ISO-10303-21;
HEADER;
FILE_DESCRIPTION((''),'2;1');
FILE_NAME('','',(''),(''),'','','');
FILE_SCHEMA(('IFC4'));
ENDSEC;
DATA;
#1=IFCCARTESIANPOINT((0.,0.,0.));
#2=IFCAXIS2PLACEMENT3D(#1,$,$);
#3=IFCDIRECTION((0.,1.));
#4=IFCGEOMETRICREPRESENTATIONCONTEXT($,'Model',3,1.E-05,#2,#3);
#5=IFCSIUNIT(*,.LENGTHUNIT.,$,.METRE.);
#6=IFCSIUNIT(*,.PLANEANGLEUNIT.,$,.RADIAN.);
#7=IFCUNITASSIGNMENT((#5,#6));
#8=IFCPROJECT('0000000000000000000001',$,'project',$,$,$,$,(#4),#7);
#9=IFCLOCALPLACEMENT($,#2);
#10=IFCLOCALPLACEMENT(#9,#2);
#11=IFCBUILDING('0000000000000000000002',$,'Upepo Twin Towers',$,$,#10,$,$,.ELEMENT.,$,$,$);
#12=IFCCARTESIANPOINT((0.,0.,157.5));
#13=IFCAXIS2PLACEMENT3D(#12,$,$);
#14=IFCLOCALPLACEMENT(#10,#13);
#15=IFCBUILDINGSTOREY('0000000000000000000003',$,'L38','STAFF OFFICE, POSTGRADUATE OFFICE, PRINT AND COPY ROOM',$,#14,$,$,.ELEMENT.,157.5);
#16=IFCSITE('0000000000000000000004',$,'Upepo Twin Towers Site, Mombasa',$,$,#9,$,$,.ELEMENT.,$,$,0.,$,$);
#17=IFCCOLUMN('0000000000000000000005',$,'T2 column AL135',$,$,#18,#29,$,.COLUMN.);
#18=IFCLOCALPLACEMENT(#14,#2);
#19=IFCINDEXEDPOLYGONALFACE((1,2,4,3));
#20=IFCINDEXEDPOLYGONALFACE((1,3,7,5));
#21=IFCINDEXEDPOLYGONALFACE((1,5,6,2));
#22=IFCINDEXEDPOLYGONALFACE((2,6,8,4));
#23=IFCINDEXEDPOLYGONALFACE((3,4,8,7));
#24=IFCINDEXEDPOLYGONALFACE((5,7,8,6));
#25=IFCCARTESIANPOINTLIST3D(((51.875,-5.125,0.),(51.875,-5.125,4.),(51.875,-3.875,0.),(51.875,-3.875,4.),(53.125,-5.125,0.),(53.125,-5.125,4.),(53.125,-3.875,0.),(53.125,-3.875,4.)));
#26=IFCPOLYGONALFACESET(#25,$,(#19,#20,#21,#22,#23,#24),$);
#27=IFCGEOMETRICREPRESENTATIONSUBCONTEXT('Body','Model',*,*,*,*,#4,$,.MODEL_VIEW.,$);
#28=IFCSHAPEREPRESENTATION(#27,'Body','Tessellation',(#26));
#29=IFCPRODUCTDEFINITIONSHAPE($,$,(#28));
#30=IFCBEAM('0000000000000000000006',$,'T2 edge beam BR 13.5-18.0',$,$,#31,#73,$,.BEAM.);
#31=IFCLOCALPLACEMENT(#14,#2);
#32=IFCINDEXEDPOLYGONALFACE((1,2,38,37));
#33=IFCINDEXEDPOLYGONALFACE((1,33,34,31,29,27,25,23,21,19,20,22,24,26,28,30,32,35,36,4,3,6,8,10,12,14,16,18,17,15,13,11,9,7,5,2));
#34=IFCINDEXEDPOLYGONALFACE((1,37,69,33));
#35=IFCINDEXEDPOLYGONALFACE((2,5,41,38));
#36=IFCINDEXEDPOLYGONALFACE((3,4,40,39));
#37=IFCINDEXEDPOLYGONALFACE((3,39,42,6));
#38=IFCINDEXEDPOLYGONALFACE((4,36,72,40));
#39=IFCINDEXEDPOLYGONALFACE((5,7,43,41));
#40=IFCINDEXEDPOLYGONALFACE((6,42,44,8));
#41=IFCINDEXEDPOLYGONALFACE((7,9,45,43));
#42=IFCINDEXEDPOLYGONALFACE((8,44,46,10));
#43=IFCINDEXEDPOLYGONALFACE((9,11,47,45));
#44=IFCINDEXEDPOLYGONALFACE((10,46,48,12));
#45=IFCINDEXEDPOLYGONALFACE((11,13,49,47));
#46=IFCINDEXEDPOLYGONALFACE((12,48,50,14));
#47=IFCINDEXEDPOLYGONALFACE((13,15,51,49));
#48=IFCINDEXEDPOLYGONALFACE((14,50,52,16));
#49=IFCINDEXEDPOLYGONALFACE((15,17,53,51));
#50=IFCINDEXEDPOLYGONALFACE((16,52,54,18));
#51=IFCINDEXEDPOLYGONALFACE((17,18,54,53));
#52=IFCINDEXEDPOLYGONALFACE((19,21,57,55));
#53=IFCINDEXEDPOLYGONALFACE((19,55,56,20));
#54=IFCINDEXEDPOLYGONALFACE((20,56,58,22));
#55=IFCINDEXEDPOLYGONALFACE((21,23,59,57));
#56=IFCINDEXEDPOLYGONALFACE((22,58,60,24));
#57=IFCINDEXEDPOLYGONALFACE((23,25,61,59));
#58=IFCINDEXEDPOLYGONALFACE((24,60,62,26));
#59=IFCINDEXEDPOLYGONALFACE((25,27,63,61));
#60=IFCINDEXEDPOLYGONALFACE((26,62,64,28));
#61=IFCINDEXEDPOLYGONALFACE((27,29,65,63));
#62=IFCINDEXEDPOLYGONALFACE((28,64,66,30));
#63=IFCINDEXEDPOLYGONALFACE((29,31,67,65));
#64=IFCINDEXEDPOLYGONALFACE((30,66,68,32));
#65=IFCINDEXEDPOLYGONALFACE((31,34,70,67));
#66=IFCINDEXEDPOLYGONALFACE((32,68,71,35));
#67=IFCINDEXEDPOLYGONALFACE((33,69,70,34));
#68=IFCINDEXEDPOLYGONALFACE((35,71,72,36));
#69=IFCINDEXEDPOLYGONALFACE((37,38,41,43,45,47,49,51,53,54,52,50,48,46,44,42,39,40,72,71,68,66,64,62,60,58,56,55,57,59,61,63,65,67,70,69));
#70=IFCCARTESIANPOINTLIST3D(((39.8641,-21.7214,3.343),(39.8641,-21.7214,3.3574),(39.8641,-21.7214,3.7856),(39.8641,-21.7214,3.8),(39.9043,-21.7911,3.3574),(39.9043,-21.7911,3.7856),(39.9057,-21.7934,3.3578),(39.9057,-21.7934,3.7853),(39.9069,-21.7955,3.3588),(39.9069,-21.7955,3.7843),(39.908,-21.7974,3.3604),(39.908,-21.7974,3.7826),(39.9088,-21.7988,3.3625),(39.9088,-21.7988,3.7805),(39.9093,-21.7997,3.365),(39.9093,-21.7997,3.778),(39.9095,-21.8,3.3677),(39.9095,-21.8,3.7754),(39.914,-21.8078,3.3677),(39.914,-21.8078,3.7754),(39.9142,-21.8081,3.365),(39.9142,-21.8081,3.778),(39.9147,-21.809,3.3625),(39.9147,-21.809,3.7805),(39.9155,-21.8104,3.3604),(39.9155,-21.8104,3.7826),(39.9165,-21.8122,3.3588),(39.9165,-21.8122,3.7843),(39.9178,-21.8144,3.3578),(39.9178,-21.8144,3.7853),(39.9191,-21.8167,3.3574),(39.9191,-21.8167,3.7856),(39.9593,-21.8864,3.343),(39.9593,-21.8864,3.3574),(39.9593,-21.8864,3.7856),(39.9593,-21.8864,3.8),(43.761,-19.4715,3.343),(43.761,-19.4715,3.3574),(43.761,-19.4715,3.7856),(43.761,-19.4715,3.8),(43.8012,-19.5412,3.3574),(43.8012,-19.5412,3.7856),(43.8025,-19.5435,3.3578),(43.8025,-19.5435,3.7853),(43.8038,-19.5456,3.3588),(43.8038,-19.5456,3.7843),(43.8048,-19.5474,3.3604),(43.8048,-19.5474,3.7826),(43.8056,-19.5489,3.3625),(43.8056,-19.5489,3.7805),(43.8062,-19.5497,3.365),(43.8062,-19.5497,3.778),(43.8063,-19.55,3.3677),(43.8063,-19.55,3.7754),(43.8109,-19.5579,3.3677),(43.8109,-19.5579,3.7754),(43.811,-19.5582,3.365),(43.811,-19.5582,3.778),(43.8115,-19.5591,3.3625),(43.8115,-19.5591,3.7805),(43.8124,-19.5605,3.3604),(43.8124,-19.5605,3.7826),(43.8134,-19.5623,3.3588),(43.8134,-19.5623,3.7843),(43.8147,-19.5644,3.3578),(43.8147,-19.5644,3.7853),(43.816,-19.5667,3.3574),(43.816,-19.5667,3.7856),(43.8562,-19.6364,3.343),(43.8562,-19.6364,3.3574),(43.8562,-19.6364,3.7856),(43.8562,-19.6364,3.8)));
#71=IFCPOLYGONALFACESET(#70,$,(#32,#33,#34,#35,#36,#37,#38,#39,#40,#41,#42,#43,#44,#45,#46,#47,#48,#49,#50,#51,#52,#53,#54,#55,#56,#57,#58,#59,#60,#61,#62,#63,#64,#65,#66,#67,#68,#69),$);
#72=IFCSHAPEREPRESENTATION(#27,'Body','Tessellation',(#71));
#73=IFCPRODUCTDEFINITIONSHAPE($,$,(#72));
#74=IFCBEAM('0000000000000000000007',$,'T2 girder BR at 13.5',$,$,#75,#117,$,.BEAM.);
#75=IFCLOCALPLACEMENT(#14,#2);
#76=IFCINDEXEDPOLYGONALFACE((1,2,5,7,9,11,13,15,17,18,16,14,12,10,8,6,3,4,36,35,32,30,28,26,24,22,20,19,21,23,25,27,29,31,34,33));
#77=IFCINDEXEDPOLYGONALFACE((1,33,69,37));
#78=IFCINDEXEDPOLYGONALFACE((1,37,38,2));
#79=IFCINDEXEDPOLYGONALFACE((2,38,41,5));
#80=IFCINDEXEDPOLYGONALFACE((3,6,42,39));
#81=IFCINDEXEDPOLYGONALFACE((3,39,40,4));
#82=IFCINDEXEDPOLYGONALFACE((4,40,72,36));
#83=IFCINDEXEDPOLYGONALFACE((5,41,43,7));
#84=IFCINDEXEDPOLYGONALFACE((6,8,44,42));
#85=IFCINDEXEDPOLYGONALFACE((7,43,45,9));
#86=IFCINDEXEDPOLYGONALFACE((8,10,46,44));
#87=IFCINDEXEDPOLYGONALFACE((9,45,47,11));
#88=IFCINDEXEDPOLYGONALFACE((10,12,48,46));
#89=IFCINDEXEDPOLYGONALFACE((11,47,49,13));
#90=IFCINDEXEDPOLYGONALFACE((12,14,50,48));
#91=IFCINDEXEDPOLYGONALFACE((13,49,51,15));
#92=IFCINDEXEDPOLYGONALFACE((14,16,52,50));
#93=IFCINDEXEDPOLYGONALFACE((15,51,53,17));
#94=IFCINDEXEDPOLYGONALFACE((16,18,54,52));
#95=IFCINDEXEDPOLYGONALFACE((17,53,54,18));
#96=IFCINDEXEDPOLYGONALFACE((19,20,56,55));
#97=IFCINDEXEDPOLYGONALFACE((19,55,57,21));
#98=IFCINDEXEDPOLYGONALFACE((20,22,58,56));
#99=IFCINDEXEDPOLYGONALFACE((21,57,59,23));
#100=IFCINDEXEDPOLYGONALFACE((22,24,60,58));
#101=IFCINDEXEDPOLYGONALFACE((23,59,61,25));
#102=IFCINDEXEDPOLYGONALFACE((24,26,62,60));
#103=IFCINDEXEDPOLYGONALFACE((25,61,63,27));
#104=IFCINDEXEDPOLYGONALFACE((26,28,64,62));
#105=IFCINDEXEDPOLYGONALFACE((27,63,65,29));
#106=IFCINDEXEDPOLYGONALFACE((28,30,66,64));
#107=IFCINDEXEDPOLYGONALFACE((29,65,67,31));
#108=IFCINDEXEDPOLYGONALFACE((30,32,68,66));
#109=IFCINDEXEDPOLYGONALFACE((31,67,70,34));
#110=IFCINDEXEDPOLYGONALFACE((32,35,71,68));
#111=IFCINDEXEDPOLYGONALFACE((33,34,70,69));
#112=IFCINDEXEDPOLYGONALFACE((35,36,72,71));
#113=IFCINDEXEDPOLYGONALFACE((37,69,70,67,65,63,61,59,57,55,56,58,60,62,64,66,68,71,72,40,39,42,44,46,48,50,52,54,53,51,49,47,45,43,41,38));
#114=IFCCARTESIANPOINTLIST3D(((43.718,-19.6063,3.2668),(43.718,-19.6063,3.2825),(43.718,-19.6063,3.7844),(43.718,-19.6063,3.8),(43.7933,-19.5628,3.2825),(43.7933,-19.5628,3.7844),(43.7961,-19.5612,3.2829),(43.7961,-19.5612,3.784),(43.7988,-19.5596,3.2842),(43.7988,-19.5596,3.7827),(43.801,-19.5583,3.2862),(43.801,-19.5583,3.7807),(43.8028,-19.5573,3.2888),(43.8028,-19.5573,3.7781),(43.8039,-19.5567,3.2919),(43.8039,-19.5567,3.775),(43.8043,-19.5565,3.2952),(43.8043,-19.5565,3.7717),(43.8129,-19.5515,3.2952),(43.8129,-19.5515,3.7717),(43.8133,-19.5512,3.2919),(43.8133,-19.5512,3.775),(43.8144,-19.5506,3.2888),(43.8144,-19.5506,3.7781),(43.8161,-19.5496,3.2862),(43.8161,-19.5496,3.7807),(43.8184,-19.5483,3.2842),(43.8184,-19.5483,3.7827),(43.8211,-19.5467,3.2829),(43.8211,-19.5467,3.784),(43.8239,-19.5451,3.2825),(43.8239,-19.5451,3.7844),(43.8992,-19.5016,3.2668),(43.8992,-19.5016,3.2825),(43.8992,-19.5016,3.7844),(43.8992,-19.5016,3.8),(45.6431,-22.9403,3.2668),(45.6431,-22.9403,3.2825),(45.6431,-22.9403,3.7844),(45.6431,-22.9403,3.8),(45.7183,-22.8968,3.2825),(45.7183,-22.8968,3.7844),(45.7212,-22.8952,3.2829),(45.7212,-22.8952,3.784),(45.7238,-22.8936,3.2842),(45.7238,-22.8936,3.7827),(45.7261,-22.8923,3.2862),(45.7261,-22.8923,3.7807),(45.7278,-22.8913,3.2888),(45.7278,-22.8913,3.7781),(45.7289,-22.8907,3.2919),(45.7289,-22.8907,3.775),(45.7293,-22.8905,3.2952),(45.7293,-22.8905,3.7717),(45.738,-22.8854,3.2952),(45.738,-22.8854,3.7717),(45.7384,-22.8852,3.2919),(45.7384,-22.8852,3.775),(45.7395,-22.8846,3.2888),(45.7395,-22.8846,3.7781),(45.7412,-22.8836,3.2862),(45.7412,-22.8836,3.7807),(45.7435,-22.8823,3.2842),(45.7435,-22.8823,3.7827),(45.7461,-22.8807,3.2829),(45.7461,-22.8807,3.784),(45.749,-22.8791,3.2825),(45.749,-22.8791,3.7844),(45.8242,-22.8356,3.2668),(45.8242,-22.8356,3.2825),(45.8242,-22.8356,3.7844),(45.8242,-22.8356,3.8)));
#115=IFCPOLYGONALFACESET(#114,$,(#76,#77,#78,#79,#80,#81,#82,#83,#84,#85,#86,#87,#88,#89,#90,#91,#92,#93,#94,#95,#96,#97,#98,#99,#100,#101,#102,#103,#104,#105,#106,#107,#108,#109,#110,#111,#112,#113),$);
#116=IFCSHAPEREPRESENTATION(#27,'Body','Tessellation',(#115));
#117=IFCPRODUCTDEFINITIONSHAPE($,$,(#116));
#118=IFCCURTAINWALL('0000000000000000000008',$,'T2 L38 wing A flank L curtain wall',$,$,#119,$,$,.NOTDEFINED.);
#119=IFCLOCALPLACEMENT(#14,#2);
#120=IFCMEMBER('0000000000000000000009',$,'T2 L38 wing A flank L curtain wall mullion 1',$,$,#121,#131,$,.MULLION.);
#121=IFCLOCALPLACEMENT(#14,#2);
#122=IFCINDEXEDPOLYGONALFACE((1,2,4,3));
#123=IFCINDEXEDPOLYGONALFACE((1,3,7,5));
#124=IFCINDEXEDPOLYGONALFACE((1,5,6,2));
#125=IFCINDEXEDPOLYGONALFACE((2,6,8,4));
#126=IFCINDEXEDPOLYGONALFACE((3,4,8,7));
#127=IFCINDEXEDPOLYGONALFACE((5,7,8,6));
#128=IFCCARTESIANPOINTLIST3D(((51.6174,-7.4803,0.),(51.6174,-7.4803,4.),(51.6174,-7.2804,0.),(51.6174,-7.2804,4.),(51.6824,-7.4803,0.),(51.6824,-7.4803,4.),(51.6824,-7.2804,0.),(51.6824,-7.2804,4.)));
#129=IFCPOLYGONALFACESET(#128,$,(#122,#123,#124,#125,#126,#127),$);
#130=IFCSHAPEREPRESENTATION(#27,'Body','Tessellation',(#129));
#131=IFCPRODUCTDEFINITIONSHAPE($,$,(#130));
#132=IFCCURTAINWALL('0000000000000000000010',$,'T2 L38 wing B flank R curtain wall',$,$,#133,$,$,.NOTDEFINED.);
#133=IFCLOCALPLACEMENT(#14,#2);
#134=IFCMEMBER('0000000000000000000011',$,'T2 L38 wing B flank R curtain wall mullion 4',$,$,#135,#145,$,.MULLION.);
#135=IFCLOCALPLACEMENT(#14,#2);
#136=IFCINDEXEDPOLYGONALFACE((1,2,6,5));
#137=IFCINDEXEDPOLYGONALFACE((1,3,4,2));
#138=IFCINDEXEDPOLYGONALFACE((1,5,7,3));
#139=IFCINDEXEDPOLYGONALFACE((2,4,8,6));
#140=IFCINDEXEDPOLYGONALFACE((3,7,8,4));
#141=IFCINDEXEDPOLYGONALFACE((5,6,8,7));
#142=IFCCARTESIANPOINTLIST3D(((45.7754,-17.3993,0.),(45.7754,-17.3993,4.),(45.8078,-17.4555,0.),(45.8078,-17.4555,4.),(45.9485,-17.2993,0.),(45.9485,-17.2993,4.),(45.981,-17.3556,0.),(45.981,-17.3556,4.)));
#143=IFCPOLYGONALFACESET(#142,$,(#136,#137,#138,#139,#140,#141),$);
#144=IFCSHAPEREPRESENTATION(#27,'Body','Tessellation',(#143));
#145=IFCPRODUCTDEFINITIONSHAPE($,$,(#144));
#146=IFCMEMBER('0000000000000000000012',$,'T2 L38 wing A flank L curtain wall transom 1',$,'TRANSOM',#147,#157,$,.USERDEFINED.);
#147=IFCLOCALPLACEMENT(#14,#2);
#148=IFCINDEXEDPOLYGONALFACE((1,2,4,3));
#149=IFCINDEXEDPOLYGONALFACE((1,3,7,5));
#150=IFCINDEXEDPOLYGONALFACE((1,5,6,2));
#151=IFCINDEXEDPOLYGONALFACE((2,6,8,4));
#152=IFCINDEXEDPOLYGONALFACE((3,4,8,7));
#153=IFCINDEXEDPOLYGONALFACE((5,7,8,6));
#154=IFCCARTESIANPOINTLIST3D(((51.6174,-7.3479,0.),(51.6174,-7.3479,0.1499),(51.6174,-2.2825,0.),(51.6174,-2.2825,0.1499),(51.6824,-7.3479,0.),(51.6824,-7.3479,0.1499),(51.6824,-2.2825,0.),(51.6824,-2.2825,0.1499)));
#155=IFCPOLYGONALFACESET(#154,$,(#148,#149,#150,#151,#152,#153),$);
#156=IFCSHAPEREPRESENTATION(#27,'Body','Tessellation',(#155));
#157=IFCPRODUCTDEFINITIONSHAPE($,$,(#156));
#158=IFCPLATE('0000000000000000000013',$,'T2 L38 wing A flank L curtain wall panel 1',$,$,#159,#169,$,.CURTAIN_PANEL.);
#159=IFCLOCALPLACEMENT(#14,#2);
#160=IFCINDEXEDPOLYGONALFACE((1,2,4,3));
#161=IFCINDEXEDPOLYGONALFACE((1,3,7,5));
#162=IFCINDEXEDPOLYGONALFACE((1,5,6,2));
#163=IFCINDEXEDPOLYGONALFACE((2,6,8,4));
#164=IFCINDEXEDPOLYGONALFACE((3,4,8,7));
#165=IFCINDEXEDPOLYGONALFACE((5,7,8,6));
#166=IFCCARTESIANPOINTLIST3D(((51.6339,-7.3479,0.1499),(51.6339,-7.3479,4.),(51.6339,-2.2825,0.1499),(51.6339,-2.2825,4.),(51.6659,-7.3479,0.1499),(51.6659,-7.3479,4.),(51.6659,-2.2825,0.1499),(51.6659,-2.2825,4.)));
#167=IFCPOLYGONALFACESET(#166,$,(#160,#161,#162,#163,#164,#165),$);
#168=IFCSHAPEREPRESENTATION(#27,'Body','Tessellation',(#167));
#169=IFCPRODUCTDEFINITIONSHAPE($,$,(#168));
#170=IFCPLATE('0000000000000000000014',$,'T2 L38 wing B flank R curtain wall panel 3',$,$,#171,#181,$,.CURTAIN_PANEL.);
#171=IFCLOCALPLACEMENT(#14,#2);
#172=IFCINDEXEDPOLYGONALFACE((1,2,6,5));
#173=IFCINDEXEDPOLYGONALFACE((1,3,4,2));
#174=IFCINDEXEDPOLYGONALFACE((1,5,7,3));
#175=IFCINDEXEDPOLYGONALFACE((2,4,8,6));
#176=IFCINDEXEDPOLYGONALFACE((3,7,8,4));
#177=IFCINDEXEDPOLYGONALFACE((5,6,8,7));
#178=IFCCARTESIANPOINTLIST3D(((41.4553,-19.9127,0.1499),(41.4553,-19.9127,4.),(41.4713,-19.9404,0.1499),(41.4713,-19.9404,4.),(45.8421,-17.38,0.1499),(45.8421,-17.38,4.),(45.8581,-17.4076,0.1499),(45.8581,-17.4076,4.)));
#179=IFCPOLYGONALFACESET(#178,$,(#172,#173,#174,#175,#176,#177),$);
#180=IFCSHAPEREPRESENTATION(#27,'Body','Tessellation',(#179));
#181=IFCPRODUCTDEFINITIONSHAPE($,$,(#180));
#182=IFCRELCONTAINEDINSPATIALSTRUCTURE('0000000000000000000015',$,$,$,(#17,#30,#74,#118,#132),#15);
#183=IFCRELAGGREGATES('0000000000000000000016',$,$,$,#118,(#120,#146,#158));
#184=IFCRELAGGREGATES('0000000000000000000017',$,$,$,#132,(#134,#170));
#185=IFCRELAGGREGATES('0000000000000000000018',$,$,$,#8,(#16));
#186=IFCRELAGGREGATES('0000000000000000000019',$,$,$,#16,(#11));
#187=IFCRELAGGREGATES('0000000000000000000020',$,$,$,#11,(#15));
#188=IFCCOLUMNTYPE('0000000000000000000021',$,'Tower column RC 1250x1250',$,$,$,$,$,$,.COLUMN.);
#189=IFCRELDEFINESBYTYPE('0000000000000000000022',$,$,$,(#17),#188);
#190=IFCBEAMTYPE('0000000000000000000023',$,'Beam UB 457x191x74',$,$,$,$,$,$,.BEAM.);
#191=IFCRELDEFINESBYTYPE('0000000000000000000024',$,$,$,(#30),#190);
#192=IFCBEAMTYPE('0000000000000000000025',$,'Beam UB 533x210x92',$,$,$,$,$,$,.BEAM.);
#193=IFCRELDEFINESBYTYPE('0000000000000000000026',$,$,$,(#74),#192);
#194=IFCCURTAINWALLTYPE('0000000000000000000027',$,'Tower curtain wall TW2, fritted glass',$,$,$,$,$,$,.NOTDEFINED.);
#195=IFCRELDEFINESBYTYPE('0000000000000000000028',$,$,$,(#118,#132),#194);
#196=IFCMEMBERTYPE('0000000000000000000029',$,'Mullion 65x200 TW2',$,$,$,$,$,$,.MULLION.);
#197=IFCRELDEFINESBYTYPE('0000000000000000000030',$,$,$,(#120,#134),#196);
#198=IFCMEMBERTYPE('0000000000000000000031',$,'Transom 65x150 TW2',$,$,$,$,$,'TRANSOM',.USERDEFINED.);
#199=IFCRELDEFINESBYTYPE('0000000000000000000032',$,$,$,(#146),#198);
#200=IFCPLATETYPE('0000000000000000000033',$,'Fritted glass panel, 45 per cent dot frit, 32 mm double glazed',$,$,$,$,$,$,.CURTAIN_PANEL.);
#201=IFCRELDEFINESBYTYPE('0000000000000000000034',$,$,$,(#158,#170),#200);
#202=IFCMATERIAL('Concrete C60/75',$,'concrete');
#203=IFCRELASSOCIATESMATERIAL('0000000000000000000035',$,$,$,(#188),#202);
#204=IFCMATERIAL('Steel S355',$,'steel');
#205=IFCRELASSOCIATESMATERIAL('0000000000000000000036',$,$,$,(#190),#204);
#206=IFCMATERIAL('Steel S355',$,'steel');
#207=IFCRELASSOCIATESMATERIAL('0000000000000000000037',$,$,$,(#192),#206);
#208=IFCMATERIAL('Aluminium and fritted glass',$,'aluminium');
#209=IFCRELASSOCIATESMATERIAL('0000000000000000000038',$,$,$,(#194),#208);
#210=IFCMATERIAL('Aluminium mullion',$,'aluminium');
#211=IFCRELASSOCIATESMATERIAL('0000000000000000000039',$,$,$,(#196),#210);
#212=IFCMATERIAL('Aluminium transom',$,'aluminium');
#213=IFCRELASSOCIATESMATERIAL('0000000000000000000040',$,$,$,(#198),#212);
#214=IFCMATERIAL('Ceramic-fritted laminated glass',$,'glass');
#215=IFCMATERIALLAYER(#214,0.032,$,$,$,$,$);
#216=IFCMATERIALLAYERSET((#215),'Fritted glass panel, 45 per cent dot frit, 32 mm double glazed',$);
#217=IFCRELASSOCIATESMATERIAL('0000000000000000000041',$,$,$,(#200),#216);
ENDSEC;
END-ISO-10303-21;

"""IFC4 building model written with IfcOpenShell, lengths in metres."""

from ifc_helpers import new_model, si_unit, direction, frame, origin, origin_2d, place, context, subcontext, project, spatial, rectangle, i_section, extrude, material, layer, layer_set, material_profile, profile_set, type_object, element, aggregate, save


model = new_model("IFC4")

# Units and contexts
model_context = context("Model", 3, precision=1e-05, world=origin(), true_north=direction((0.0, 1.0)))
body_context = subcontext(model_context, "Body", "Model", "MODEL_VIEW")
ifc_project = project(units=[si_unit("LENGTHUNIT", "METRE"), si_unit("PLANEANGLEUNIT", "RADIAN")], contexts=[model_context])

# Site, building, storey
site_placement = place(None, origin())
site = spatial("IfcSite", under=ifc_project, at=site_placement, Name="Upepo Twin Towers Site, Mombasa", CompositionType="ELEMENT", RefElevation=0.0)
building_placement = place(site_placement, origin())
building = spatial("IfcBuilding", under=site, at=building_placement, Name="Upepo Twin Towers", CompositionType="ELEMENT")
storey_placement = place(building_placement, frame((0.0, 0.0, 157.5)))
storey = spatial("IfcBuildingStorey", under=building, at=storey_placement, Name="L38", Description="STAFF OFFICE, POSTGRADUATE OFFICE, PRINT AND COPY ROOM", CompositionType="ELEMENT", Elevation=157.5)

# Column
ifc_material_1 = material(Name="Concrete C60/75", Category="concrete")
ifc_material_profile_1 = material_profile(ifc_material_1, rectangle(XDim=1.25, YDim=1.25, at=origin_2d()), Name="RC 1250x1250")
ifc_profile_set_1 = profile_set([ifc_material_profile_1], Name="Concrete C60/75")
column_type = type_object("IfcColumnType", Name="Tower column RC 1250x1250", PredefinedType="COLUMN", material=ifc_profile_set_1)
column_placement = place(storey_placement, frame((52.5, -4.5, 0.0), z_axis=(0.0, 0.0, 1.0), x_axis=(1.0, 0.0, 0.0)))
element("IfcColumn", 1, at=column_placement, inside=storey, type_object=column_type, Name="T2 column AL135", PredefinedType="COLUMN", context=body_context, shape_type="SweptSolid", body=[
    extrude(rectangle(XDim=1.25, YDim=1.25, at=origin_2d()), origin(), (0.0, 0.0, 1.0), 4.0),
])

# Beams
ifc_material_2 = material(Name="Steel S355", Category="steel")
ifc_material_profile_2 = material_profile(ifc_material_2, i_section(OverallWidth=0.1904, OverallDepth=0.457, WebThickness=0.009, FlangeThickness=0.0144, FilletRadius=0.0103, at=origin_2d()), Name="UB 457x191x74")
ifc_profile_set_2 = profile_set([ifc_material_profile_2], Name="Steel S355")
beam_type_1 = type_object("IfcBeamType", Name="Beam UB 457x191x74", PredefinedType="BEAM", material=ifc_profile_set_2)
beam_1_placement = place(storey_placement, frame((43.8086, -19.554, 3.5715), z_axis=(-0.866018, -0.500014, 0.0), x_axis=(0.500014, -0.866018, 0.0)))
element("IfcBeam", 2, at=beam_1_placement, inside=storey, type_object=beam_type_1, Name="T2 edge beam BR 13.5-18.0", PredefinedType="BEAM", context=body_context, shape_type="SweptSolid", body=[
    extrude(i_section(OverallWidth=0.1904, OverallDepth=0.457, WebThickness=0.009, FlangeThickness=0.0144, FilletRadius=0.0103, at=origin_2d()), origin(), (0.0, 0.0, 1.0), 4.4998),
])
ifc_material_3 = material(Name="Steel S355", Category="steel")
ifc_material_profile_3 = material_profile(ifc_material_3, i_section(OverallWidth=0.2092, OverallDepth=0.5332, WebThickness=0.01, FlangeThickness=0.0156, FilletRadius=0.0127, at=origin_2d()), Name="UB 533x210x92")
ifc_profile_set_3 = profile_set([ifc_material_profile_3], Name="Steel S355")
beam_type_2 = type_object("IfcBeamType", Name="Beam UB 533x210x92", PredefinedType="BEAM", material=ifc_profile_set_3)
beam_2_placement = place(storey_placement, frame((43.8086, -19.554, 3.5334), z_axis=(0.500034, -0.866006, 0.0), x_axis=(0.866006, 0.500034, 0.0)))
element("IfcBeam", 3, at=beam_2_placement, inside=storey, type_object=beam_type_2, Name="T2 girder BR at 13.5", PredefinedType="BEAM", context=body_context, shape_type="SweptSolid", body=[
    extrude(i_section(OverallWidth=0.2092, OverallDepth=0.5332, WebThickness=0.01, FlangeThickness=0.0156, FilletRadius=0.0127, at=origin_2d()), origin(), (0.0, 0.0, 1.0), 3.8499),
])

# Curtain walls, members
ifc_material_4 = material(Name="Aluminium and fritted glass", Category="aluminium")
curtain_wall_type = type_object("IfcCurtainWallType", Name="Tower curtain wall TW2, fritted glass", PredefinedType="NOTDEFINED", material=ifc_material_4)
curtain_wall_1_placement = place(storey_placement, origin())
curtain_wall_1 = element("IfcCurtainWall", 4, at=curtain_wall_1_placement, inside=storey, type_object=curtain_wall_type, Name="T2 L38 wing A flank L curtain wall", PredefinedType="NOTDEFINED")
ifc_material_5 = material(Name="Aluminium mullion", Category="aluminium")
ifc_material_profile_4 = material_profile(ifc_material_5, rectangle(XDim=0.0649, YDim=0.2, at=origin_2d()), Name="MULLION 65x200")
ifc_profile_set_4 = profile_set([ifc_material_profile_4], Name="Aluminium mullion")
member_type_1 = type_object("IfcMemberType", Name="Mullion 65x200 TW2", PredefinedType="MULLION", material=ifc_profile_set_4)
member_1_placement = place(storey_placement, frame((51.6499, -7.3804, 0.0), z_axis=(0.0, 0.0, 1.0), x_axis=(-1.0, 0.0, 0.0)))
member_1 = element("IfcMember", 5, at=member_1_placement, type_object=member_type_1, Name="T2 L38 wing A flank L curtain wall mullion 1", PredefinedType="MULLION", context=body_context, shape_type="SweptSolid", body=[
    extrude(rectangle(XDim=0.0649, YDim=0.2, at=origin_2d()), origin(), (0.0, 0.0, 1.0), 4.0),
])
curtain_wall_2_placement = place(storey_placement, origin())
curtain_wall_2 = element("IfcCurtainWall", 6, at=curtain_wall_2_placement, inside=storey, type_object=curtain_wall_type, Name="T2 L38 wing B flank R curtain wall", PredefinedType="NOTDEFINED")
member_2_placement = place(storey_placement, frame((45.8782, -17.3774, 0.0), z_axis=(0.0, 0.0, 1.0), x_axis=(-0.5, 0.866025, 0.0)))
member_2 = element("IfcMember", 7, at=member_2_placement, type_object=member_type_1, Name="T2 L38 wing B flank R curtain wall mullion 4", PredefinedType="MULLION", context=body_context, shape_type="SweptSolid", body=[
    extrude(rectangle(XDim=0.0649, YDim=0.2, at=origin_2d()), origin(), (0.0, 0.0, 1.0), 4.0),
])

# Member
ifc_material_6 = material(Name="Aluminium transom", Category="aluminium")
ifc_material_profile_5 = material_profile(ifc_material_6, rectangle(XDim=0.0649, YDim=0.1499, at=origin_2d()), Name="TRANSOM 65x150")
ifc_profile_set_5 = profile_set([ifc_material_profile_5], Name="Aluminium transom")
member_type_2 = type_object("IfcMemberType", Name="Transom 65x150 TW2", ElementType="TRANSOM", PredefinedType="USERDEFINED", material=ifc_profile_set_5)
member_3_placement = place(storey_placement, frame((51.6499, -7.3479, 0.075), z_axis=(0.0, 1.0, 0.0), x_axis=(-1.0, 0.0, 0.0)))
member_3 = element("IfcMember", 8, at=member_3_placement, type_object=member_type_2, Name="T2 L38 wing A flank L curtain wall transom 1", ObjectType="TRANSOM", PredefinedType="USERDEFINED", context=body_context, shape_type="SweptSolid", body=[
    extrude(rectangle(XDim=0.0649, YDim=0.1499, at=origin_2d()), origin(), (0.0, 0.0, 1.0), 5.0654),
])

# Plates
ifc_material_7 = material(Name="Ceramic-fritted laminated glass", Category="glass")
ifc_layer_1 = layer(ifc_material_7, 0.032)
ifc_layer_set_1 = layer_set([ifc_layer_1], Name="Fritted glass panel, 45 per cent dot frit, 32 mm double glazed")
plate_type = type_object("IfcPlateType", Name="Fritted glass panel, 45 per cent dot frit, 32 mm double glazed", PredefinedType="CURTAIN_PANEL", material=ifc_layer_set_1)
plate_1_placement = place(storey_placement, frame((51.6499, -4.8152, 0.1499), z_axis=(0.0, 0.0, 1.0), x_axis=(0.0, 1.0, 0.0)))
plate_1 = element("IfcPlate", 9, at=plate_1_placement, type_object=plate_type, Name="T2 L38 wing A flank L curtain wall panel 1", PredefinedType="CURTAIN_PANEL", context=body_context, shape_type="SweptSolid", body=[
    extrude(rectangle(XDim=5.0654, YDim=0.032, at=origin_2d()), origin(), (0.0, 0.0, 1.0), 3.8501),
])
aggregate(curtain_wall_1, [member_1, member_3, plate_1])
plate_2_placement = place(storey_placement, frame((43.6567, -18.6602, 0.1499), z_axis=(0.0, 0.0, 1.0), x_axis=(0.866025, 0.5, 0.0)))
plate_2 = element("IfcPlate", 10, at=plate_2_placement, type_object=plate_type, Name="T2 L38 wing B flank R curtain wall panel 3", PredefinedType="CURTAIN_PANEL", context=body_context, shape_type="SweptSolid", body=[
    extrude(rectangle(XDim=5.0654, YDim=0.032, at=origin_2d()), origin(), (0.0, 0.0, 1.0), 3.8501),
])
aggregate(curtain_wall_2, [member_2, plate_2])

save(model, "model.ifc")
